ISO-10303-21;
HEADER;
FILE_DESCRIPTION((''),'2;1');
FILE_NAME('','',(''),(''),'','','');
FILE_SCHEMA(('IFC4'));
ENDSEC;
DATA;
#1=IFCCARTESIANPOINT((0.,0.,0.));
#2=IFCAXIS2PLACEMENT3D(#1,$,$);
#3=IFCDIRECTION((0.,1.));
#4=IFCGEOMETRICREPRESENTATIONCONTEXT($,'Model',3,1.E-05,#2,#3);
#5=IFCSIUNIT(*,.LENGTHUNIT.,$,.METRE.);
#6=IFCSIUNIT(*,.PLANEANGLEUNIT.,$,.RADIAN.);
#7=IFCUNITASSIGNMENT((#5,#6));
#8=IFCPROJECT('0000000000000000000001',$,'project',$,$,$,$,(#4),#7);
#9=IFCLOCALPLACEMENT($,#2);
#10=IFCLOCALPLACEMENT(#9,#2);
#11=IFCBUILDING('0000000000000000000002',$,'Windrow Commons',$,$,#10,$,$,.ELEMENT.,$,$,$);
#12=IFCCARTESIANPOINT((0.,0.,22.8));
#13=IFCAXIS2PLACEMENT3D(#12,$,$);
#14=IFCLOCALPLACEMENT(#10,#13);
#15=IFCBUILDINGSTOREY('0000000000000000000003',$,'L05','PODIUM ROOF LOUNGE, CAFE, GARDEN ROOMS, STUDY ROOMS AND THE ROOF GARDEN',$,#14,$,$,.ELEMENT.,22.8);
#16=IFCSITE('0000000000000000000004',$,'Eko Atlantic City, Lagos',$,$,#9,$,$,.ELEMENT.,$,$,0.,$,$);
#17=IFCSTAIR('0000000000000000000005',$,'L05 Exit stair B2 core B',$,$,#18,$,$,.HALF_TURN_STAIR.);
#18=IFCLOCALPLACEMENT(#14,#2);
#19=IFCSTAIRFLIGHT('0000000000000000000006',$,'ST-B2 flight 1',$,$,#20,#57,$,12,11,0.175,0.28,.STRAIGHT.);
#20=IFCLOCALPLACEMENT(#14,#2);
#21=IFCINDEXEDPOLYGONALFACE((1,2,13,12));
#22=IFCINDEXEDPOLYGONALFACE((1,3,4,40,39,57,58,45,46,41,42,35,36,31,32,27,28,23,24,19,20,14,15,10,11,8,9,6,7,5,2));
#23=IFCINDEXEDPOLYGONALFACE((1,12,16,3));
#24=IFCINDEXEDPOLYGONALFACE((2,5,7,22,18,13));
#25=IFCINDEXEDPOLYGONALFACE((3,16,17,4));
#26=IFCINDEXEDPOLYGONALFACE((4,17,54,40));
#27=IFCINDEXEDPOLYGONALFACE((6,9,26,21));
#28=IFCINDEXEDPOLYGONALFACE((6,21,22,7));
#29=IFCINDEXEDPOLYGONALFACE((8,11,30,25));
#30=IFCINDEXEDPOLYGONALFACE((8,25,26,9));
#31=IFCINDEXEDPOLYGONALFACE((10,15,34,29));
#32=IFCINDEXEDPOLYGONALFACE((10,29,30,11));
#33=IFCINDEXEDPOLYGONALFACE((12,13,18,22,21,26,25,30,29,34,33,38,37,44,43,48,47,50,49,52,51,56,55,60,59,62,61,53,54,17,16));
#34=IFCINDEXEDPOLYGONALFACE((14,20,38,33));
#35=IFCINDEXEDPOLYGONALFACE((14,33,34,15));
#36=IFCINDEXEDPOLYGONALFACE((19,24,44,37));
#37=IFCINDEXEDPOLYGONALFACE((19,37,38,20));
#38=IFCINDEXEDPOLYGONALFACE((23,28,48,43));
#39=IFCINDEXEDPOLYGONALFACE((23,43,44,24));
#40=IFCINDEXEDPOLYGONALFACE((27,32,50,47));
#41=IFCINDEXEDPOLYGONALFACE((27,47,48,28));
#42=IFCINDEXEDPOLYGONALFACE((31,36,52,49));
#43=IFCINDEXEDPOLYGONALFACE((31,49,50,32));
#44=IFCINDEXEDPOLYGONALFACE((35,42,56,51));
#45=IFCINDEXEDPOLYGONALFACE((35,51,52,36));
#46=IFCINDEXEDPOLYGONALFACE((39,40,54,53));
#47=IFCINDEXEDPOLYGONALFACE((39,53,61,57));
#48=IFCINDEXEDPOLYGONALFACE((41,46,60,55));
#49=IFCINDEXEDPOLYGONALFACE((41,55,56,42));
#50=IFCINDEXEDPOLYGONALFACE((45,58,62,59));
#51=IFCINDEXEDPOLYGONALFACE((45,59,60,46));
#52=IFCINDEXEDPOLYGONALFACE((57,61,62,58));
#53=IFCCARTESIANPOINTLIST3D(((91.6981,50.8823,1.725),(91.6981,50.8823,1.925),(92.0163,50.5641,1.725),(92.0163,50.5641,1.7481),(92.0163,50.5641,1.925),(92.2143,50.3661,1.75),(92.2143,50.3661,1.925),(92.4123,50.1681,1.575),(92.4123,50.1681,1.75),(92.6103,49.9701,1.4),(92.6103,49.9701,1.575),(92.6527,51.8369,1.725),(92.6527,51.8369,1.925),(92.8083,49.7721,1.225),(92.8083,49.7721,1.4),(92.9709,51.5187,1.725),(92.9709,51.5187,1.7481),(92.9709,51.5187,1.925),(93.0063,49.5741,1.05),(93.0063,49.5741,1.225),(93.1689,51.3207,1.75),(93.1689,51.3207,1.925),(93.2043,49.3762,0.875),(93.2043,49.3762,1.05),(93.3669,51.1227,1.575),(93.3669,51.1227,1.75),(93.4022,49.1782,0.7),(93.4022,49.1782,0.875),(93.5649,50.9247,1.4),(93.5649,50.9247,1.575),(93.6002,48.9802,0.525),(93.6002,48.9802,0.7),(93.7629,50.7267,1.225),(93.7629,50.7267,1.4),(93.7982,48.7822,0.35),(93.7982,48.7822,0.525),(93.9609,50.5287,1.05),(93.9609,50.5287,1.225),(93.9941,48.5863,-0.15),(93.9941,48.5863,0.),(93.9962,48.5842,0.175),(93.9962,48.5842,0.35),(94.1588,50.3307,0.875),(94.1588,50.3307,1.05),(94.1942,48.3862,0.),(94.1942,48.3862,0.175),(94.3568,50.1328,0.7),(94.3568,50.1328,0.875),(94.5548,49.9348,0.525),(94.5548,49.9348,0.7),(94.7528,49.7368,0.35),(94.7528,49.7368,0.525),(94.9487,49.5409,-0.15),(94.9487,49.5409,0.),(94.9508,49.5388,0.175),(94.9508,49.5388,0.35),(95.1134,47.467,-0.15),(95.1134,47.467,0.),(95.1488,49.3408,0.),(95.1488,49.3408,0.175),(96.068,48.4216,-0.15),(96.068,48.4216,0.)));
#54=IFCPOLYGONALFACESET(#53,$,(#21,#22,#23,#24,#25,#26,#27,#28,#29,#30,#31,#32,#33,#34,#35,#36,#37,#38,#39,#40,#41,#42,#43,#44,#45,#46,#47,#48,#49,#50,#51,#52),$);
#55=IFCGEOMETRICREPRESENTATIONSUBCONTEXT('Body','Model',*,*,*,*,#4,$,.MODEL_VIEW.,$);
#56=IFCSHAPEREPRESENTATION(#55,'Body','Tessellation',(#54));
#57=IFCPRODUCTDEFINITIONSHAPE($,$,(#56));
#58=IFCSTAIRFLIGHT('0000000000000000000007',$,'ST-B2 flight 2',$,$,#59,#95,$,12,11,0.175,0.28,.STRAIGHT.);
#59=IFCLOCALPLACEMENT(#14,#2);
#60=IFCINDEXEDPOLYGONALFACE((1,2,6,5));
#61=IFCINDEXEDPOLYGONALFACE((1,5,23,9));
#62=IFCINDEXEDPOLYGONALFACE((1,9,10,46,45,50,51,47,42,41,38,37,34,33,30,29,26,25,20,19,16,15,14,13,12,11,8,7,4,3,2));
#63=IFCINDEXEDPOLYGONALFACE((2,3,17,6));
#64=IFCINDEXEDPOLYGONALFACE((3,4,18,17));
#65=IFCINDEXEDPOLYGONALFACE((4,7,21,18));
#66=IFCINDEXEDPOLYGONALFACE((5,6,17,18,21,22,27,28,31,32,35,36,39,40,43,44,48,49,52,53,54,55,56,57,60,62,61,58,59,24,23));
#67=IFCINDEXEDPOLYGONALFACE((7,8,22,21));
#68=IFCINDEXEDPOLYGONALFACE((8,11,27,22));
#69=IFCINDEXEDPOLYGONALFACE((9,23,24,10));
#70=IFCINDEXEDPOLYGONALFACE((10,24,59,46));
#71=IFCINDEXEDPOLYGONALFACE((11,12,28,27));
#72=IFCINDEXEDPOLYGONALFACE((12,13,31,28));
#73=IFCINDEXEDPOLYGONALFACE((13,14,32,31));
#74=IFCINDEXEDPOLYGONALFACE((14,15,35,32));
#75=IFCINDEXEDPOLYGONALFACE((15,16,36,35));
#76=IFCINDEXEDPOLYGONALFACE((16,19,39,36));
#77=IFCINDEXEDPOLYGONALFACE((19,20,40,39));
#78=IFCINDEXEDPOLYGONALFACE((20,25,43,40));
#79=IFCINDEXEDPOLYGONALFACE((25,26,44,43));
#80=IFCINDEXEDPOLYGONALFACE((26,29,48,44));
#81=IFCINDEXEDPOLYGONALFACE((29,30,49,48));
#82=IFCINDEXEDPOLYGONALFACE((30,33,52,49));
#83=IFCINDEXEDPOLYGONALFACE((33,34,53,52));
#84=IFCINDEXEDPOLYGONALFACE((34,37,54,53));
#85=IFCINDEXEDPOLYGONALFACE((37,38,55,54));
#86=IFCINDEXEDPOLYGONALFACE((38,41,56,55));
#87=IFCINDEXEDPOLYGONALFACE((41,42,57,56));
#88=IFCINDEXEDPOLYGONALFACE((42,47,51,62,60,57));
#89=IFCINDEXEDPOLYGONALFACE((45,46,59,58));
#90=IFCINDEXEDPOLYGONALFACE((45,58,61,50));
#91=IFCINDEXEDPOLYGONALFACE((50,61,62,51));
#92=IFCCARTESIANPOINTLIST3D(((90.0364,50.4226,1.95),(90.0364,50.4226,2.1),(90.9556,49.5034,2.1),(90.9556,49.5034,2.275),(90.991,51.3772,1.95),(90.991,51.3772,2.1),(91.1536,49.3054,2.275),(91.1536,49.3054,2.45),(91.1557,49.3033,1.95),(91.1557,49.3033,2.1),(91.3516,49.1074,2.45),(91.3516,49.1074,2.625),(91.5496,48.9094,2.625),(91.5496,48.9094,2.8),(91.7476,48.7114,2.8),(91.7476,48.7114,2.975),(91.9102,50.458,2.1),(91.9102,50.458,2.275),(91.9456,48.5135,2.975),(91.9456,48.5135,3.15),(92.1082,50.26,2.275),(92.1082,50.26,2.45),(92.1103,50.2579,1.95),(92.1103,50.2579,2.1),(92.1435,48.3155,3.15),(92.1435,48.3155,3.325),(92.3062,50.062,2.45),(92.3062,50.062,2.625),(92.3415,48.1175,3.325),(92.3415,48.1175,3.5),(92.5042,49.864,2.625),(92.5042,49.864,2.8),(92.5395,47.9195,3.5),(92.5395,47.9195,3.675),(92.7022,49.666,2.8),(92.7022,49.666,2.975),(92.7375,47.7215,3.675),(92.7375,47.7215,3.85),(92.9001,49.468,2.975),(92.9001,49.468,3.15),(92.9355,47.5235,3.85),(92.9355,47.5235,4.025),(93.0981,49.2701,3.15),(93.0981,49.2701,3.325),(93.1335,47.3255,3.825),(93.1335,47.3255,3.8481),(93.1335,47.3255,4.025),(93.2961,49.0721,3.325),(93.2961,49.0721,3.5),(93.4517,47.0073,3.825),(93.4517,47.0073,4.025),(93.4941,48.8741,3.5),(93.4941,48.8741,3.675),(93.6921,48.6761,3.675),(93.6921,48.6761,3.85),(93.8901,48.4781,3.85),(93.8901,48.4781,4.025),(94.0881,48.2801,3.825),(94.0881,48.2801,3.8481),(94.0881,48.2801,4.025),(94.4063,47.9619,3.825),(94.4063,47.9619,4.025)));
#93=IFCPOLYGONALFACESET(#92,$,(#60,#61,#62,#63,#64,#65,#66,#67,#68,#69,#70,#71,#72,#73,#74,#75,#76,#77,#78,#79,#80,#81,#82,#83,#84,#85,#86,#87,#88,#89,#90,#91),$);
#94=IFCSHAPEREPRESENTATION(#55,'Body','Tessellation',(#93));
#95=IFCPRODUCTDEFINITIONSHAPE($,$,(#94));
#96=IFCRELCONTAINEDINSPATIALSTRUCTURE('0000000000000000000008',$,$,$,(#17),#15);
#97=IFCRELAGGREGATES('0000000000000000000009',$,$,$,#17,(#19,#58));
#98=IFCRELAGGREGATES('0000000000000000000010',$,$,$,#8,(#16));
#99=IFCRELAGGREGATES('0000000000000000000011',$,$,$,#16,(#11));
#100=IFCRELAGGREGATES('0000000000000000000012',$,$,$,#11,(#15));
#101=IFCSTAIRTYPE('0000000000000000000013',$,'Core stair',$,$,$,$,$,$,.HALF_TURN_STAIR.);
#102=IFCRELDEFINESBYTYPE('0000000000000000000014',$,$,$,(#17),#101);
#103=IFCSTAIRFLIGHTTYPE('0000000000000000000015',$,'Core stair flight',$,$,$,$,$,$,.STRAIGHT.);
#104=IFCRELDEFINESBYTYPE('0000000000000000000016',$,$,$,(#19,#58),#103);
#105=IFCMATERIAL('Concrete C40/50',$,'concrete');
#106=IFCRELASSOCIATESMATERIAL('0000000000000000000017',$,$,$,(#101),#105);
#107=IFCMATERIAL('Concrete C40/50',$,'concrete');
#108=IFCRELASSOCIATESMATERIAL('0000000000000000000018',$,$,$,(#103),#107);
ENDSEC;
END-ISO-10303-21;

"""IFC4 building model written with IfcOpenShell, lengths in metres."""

from ifc_helpers import new_model, si_unit, direction, frame, origin, place, context, subcontext, project, spatial, polyline, outline, extrude, material, type_object, element, aggregate, save


model = new_model("IFC4")

# Units and contexts
model_context = context("Model", 3, precision=1e-05, world=origin(), true_north=direction((0.0, 1.0)))
body_context = subcontext(model_context, "Body", "Model", "MODEL_VIEW")
ifc_project = project(units=[si_unit("LENGTHUNIT", "METRE"), si_unit("PLANEANGLEUNIT", "RADIAN")], contexts=[model_context])

# Site, building, storey
site_placement = place(None, origin())
site = spatial("IfcSite", under=ifc_project, at=site_placement, Name="Eko Atlantic City, Lagos", CompositionType="ELEMENT", RefElevation=0.0)
building_placement = place(site_placement, origin())
building = spatial("IfcBuilding", under=site, at=building_placement, Name="Windrow Commons", CompositionType="ELEMENT")
storey_placement = place(building_placement, frame((0.0, 0.0, 22.8)))
storey = spatial("IfcBuildingStorey", under=building, at=storey_placement, Name="L05", Description="PODIUM ROOF LOUNGE, CAFE, GARDEN ROOMS, STUDY ROOMS AND THE ROOF GARDEN", CompositionType="ELEMENT", Elevation=22.8)

# Stair, stair flights
ifc_material_1 = material(Name="Concrete C40/50", Category="concrete")
stair_type = type_object("IfcStairType", Name="Core stair", PredefinedType="HALF_TURN_STAIR", material=ifc_material_1)
stair_placement = place(storey_placement, origin())
stair = element("IfcStair", 1, at=stair_placement, inside=storey, type_object=stair_type, Name="L05 Exit stair B2 core B", PredefinedType="HALF_TURN_STAIR")
ifc_material_2 = material(Name="Concrete C40/50", Category="concrete")
stair_flight_type = type_object("IfcStairFlightType", Name="Core stair flight", PredefinedType="STRAIGHT", material=ifc_material_2)
stair_flight_1_placement = place(storey_placement, frame((94.6715, 48.8635, 0.0), z_axis=(0.0, 0.0, 1.0), x_axis=(-0.707107, 0.707107, 0.0)))
stair_flight_1 = element("IfcStairFlight", 2, at=stair_flight_1_placement, type_object=stair_flight_type, Name="ST-B2 flight 1", NumberOfRisers=12, NumberOfTreads=11, PredefinedType="STRAIGHT", RiserHeight=0.175, TreadLength=0.28, context=body_context, shape_type="SweptSolid", body=[
    extrude(outline(polyline([(-1.3, -0.15), (-1.3, 0.0), (0.0, 0.0), (0.0, 0.175), (0.28, 0.175), (0.28, 0.35), (0.56, 0.35), (0.56, 0.525), (0.84, 0.525), (0.84, 0.7), (1.12, 0.7), (1.12, 0.875), (1.4, 0.875), (1.4, 1.05), (1.68, 1.05), (1.68, 1.225), (1.96, 1.225), (1.96, 1.4), (2.24, 1.4), (2.24, 1.575), (2.52, 1.575), (2.52, 1.75), (2.8, 1.75), (2.8, 1.925), (3.08, 1.925), (3.53, 1.925), (3.53, 1.725), (3.08, 1.725), (3.08, 1.7481), (0.283, 0.0), (0.283, -0.15), (-1.3, -0.15)])), frame((0.0, 0.675, 0.0), z_axis=(0.0, -1.0, 0.0), x_axis=(1.0, 0.0, 0.0)), (0.0, 0.0, 1.0), 1.35),
])
stair_flight_2_placement = place(storey_placement, frame((91.4329, 49.9807, 2.1), z_axis=(0.0, 0.0, 1.0), x_axis=(0.707107, -0.707107, 0.0)))
stair_flight_2 = element("IfcStairFlight", 3, at=stair_flight_2_placement, type_object=stair_flight_type, Name="ST-B2 flight 2", NumberOfRisers=12, NumberOfTreads=11, PredefinedType="STRAIGHT", RiserHeight=0.175, TreadLength=0.28, context=body_context, shape_type="SweptSolid", body=[
    extrude(outline(polyline([(-1.3, -0.15), (-1.3, 0.0), (0.0, 0.0), (0.0, 0.175), (0.28, 0.175), (0.28, 0.35), (0.56, 0.35), (0.56, 0.525), (0.84, 0.525), (0.84, 0.7), (1.12, 0.7), (1.12, 0.875), (1.4, 0.875), (1.4, 1.05), (1.68, 1.05), (1.68, 1.225), (1.96, 1.225), (1.96, 1.4), (2.24, 1.4), (2.24, 1.575), (2.52, 1.575), (2.52, 1.75), (2.8, 1.75), (2.8, 1.925), (3.08, 1.925), (3.53, 1.925), (3.53, 1.725), (3.08, 1.725), (3.08, 1.7481), (0.283, 0.0), (0.283, -0.15), (-1.3, -0.15)])), frame((0.0, 0.675, 0.0), z_axis=(0.0, -1.0, 0.0), x_axis=(1.0, 0.0, 0.0)), (0.0, 0.0, 1.0), 1.35),
])
aggregate(stair, [stair_flight_1, stair_flight_2])

save(model, "model.ifc")
